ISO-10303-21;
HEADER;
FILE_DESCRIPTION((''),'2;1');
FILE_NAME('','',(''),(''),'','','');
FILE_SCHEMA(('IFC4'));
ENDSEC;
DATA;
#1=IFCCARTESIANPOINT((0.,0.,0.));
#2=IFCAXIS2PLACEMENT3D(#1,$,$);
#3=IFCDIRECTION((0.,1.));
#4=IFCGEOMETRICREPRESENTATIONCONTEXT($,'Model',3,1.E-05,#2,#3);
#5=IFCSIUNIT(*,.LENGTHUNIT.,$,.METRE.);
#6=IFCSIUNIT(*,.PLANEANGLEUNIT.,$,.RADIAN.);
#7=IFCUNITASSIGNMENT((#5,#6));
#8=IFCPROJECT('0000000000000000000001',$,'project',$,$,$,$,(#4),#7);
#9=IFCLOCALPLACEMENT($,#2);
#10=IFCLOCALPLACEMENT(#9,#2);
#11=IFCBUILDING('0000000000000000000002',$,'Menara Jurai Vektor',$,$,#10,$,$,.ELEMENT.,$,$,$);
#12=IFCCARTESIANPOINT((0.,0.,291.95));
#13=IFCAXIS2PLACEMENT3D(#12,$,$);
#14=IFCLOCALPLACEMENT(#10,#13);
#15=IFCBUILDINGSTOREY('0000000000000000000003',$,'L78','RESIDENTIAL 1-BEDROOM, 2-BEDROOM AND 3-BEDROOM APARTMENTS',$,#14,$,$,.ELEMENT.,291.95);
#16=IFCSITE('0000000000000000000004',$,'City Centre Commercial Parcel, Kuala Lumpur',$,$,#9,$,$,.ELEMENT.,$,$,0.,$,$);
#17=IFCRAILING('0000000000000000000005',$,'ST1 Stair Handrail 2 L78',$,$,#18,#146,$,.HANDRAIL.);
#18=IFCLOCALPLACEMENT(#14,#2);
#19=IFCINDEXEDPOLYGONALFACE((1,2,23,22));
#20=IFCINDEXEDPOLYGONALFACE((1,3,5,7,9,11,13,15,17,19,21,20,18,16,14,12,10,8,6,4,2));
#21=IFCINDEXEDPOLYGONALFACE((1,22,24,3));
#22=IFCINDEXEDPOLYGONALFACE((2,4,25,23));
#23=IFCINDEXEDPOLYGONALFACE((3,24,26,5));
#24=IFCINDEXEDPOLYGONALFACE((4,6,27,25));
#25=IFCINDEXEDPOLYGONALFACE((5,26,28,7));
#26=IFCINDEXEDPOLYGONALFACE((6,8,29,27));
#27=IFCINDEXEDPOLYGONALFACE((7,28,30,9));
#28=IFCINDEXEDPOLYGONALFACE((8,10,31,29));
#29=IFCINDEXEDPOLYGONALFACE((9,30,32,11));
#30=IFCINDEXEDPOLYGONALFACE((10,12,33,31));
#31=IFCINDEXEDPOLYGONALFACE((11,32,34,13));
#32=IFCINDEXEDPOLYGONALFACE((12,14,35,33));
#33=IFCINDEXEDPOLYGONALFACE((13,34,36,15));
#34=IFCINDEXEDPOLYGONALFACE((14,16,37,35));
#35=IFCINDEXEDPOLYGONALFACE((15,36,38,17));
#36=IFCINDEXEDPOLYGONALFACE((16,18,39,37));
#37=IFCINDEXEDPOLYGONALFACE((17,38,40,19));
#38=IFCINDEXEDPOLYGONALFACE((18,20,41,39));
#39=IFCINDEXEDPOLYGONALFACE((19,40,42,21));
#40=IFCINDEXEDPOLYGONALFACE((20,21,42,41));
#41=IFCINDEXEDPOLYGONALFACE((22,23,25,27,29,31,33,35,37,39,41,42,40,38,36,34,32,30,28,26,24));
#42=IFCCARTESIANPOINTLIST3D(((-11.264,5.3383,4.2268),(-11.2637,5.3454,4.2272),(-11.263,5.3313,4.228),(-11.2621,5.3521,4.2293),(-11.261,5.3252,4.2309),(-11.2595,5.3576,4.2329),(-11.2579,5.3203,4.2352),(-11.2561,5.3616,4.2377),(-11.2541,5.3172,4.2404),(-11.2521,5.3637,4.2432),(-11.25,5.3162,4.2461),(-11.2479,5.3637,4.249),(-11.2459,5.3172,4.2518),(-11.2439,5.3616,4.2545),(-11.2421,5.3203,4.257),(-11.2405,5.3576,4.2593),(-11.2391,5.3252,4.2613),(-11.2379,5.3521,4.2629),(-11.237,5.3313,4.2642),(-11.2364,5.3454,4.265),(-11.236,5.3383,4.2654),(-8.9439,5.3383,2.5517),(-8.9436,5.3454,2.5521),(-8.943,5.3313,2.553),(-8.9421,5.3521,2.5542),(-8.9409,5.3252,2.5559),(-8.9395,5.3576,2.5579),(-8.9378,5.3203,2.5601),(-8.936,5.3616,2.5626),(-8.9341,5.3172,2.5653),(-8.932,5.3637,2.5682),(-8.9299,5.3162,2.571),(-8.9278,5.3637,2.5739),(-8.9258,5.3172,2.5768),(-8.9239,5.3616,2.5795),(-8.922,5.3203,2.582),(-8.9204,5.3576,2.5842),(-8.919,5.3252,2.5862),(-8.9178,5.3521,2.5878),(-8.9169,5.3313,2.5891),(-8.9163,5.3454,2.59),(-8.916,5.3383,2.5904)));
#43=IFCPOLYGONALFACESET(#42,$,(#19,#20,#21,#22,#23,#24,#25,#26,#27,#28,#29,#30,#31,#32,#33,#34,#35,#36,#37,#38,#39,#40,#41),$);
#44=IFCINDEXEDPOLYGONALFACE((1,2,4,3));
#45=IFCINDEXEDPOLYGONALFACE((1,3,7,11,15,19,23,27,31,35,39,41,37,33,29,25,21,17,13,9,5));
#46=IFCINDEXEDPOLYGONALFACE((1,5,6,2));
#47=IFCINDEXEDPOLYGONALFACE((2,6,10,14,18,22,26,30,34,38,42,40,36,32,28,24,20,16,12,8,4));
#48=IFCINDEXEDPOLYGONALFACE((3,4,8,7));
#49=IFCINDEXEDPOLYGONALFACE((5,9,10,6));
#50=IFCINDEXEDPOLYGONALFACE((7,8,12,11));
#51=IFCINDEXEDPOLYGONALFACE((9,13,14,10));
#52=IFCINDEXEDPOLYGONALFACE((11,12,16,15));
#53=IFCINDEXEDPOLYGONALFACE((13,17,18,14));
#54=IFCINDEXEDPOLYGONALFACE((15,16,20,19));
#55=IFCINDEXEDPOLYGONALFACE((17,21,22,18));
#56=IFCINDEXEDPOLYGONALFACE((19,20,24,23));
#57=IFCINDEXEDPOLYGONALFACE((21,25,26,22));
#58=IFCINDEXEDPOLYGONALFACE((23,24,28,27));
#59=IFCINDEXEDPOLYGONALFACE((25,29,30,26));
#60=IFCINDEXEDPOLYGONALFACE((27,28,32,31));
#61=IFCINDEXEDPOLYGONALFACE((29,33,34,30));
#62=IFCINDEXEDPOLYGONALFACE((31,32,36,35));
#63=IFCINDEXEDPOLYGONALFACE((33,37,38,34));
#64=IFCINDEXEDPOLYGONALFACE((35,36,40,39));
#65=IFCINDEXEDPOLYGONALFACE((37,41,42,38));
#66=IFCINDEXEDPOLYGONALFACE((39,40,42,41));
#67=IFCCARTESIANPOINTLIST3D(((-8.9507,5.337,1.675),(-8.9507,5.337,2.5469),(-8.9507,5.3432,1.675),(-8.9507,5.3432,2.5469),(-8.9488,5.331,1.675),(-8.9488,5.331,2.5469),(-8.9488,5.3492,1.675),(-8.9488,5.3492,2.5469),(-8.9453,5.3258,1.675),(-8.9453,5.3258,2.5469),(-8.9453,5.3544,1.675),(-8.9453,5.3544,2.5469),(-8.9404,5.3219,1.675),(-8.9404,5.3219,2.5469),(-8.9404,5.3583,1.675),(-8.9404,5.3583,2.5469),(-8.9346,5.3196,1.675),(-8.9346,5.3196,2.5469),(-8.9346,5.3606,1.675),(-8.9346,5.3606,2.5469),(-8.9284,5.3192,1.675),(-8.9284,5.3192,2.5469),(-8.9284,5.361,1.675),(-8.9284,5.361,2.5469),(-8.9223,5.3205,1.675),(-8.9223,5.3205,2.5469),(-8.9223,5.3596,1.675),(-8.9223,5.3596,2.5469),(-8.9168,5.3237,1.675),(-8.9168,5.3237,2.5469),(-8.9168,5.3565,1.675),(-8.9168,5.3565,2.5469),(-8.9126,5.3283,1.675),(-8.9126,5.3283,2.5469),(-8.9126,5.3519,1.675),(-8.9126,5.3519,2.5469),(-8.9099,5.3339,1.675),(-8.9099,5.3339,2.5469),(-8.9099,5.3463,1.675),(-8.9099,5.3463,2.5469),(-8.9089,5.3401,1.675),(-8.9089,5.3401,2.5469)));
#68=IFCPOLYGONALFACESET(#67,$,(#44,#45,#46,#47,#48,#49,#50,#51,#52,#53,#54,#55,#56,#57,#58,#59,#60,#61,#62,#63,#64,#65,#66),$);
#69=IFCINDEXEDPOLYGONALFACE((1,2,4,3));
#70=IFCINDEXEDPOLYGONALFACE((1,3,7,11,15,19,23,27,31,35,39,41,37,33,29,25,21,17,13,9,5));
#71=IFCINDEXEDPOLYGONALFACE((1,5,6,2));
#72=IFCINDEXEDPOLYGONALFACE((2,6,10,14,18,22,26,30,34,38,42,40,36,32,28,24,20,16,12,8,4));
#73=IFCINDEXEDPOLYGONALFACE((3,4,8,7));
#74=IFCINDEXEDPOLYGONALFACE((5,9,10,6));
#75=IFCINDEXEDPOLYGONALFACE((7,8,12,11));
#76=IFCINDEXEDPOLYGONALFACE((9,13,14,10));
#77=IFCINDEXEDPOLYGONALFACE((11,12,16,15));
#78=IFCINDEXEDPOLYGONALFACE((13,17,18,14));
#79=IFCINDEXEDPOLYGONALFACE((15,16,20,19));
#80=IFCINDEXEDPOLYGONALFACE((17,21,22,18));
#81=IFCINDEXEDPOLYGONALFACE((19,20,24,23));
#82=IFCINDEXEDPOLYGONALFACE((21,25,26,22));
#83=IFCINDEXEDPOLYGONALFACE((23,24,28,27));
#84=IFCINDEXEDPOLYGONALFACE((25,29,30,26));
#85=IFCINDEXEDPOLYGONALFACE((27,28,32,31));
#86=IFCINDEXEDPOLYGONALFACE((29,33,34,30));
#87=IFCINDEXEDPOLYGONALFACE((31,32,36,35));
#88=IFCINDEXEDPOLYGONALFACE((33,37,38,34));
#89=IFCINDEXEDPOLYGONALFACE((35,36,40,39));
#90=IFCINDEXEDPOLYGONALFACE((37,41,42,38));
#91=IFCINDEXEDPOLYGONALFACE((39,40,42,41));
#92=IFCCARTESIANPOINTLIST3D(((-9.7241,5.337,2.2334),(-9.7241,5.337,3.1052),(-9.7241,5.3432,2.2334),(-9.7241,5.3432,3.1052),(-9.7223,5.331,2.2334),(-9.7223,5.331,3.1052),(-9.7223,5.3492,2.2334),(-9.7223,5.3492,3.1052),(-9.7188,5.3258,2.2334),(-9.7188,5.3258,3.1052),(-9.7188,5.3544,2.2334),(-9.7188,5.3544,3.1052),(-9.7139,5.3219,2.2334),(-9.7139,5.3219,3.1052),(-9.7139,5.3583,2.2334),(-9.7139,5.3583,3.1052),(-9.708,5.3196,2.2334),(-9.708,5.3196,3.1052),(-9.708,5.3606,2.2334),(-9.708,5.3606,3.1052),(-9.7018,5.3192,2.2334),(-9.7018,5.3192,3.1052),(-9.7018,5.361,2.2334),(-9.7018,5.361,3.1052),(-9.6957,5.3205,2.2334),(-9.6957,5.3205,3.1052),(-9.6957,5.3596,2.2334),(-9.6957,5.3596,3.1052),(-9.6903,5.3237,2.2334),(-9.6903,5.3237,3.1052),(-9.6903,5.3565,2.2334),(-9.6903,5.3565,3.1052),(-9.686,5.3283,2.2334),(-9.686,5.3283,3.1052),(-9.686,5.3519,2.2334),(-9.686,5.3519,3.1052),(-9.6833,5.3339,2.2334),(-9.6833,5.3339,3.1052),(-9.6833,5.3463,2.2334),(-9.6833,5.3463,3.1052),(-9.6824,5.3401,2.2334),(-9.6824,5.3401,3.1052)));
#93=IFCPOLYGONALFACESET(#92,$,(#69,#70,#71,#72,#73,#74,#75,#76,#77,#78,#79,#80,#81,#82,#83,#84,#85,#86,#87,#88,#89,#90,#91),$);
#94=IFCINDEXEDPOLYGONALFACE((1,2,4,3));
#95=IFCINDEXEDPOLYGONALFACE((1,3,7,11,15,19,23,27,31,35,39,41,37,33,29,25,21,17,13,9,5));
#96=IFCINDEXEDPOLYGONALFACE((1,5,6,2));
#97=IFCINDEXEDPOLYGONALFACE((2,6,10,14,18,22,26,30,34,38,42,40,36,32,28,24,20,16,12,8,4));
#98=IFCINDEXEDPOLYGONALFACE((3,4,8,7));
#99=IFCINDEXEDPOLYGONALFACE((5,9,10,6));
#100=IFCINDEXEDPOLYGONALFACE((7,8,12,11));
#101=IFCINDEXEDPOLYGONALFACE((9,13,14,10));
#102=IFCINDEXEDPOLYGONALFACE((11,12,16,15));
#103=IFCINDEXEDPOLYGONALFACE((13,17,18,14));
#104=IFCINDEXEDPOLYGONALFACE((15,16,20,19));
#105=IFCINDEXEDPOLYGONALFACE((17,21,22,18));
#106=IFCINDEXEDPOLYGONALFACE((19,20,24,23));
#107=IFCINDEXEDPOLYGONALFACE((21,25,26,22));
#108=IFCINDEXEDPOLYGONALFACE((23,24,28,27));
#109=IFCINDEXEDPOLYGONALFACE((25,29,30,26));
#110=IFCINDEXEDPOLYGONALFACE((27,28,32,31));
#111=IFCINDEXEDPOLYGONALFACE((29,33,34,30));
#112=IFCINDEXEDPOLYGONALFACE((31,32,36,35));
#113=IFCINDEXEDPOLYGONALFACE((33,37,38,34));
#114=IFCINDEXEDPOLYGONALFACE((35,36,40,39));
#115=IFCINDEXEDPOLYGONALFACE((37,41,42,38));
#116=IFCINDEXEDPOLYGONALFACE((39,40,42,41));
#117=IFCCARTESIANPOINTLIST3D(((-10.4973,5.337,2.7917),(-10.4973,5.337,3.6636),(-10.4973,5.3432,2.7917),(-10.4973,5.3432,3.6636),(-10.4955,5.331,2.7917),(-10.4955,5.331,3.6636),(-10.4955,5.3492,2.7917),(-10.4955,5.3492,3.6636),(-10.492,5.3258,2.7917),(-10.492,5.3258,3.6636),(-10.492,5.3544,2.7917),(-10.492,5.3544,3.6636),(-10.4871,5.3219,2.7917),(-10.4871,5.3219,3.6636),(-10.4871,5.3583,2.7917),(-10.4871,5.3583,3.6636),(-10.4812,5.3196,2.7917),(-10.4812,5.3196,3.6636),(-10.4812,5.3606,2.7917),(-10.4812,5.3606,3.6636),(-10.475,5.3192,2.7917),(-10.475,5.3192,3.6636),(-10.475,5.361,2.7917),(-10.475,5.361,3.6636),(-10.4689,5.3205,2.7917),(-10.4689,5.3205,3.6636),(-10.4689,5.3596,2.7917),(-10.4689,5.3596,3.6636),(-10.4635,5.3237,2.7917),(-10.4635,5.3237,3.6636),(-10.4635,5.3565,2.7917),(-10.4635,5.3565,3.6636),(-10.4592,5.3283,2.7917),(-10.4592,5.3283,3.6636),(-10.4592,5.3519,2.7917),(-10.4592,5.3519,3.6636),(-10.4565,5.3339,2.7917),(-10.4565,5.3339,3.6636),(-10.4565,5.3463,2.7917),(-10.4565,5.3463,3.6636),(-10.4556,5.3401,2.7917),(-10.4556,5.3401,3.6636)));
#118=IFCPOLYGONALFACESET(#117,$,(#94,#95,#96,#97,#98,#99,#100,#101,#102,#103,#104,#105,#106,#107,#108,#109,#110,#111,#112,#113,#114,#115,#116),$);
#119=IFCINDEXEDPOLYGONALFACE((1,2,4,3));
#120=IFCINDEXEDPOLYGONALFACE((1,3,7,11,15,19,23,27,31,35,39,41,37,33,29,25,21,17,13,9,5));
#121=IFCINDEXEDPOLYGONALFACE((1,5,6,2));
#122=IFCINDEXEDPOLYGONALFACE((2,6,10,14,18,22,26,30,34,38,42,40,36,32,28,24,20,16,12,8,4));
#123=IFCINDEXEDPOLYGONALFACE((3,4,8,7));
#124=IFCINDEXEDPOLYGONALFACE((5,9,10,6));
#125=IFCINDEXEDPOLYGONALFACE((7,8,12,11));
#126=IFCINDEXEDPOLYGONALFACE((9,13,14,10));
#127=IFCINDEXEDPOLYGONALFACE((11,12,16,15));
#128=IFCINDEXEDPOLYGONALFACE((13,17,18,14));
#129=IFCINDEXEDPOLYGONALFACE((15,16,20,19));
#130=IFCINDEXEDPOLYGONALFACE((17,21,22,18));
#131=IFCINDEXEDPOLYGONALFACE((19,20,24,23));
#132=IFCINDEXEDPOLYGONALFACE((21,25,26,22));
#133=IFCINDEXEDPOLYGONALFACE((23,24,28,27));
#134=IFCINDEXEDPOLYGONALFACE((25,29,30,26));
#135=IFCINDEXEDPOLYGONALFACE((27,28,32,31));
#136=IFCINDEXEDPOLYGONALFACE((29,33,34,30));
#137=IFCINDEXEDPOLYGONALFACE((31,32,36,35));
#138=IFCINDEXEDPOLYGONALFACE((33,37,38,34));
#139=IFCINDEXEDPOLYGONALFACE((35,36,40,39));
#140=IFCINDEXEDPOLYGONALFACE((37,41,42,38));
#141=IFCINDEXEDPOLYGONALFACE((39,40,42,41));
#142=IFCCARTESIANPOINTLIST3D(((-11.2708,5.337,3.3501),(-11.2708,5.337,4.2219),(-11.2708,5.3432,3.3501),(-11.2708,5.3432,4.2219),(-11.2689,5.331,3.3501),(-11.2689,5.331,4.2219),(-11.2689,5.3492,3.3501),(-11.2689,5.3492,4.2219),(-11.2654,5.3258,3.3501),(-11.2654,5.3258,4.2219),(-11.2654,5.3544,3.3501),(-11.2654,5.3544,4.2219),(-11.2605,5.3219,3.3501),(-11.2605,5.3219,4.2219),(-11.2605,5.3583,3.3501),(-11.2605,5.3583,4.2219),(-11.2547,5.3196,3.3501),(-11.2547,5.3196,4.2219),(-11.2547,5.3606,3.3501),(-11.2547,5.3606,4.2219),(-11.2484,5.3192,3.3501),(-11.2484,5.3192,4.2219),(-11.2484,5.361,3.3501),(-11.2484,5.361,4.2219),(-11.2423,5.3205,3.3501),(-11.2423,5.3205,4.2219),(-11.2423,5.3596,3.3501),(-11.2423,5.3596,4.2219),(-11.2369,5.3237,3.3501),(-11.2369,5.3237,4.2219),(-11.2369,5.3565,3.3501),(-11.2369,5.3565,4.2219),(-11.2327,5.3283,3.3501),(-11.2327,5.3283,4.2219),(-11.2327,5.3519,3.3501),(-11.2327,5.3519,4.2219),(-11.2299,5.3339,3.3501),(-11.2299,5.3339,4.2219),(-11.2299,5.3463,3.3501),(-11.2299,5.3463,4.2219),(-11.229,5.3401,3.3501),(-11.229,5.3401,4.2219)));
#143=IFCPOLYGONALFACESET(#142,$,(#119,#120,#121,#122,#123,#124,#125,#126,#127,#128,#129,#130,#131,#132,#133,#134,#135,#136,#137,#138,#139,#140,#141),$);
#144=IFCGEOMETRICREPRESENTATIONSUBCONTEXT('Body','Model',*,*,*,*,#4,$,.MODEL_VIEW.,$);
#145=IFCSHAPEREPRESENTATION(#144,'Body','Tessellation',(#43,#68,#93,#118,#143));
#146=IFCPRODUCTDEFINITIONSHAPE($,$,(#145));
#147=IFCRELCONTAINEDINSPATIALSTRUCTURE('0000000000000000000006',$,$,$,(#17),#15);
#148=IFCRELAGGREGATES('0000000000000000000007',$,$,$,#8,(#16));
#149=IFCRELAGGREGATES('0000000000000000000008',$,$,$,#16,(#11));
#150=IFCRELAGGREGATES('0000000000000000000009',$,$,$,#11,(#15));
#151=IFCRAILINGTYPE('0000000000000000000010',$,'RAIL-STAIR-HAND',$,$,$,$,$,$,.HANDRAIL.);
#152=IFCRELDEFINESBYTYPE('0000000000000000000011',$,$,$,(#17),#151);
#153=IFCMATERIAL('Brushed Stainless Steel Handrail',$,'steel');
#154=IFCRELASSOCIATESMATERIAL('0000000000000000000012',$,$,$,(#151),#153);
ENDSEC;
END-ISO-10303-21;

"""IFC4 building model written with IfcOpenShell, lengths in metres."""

from ifc_helpers import new_model, si_unit, direction, frame, origin, origin_2d, place, context, subcontext, project, spatial, circle, extrude, material, type_object, element, save


model = new_model("IFC4")

# Units and contexts
model_context = context("Model", 3, precision=1e-05, world=origin(), true_north=direction((0.0, 1.0)))
body_context = subcontext(model_context, "Body", "Model", "MODEL_VIEW")
ifc_project = project(units=[si_unit("LENGTHUNIT", "METRE"), si_unit("PLANEANGLEUNIT", "RADIAN")], contexts=[model_context])

# Site, building, storey
site_placement = place(None, origin())
site = spatial("IfcSite", under=ifc_project, at=site_placement, Name="City Centre Commercial Parcel, Kuala Lumpur", CompositionType="ELEMENT", RefElevation=0.0)
building_placement = place(site_placement, origin())
building = spatial("IfcBuilding", under=site, at=building_placement, Name="Menara Jurai Vektor", CompositionType="ELEMENT")
storey_placement = place(building_placement, frame((0.0, 0.0, 291.95)))
storey = spatial("IfcBuildingStorey", under=building, at=storey_placement, Name="L78", Description="RESIDENTIAL 1-BEDROOM, 2-BEDROOM AND 3-BEDROOM APARTMENTS", CompositionType="ELEMENT", Elevation=291.95)

# Railing
ifc_material_1 = material(Name="Brushed Stainless Steel Handrail", Category="steel")
railing_type_1 = type_object("IfcRailingType", Name="RAIL-STAIR-HAND", PredefinedType="HANDRAIL", material=ifc_material_1)
railing_1_placement = place(storey_placement, frame((-8.9299, 5.3401, 1.675)))
element("IfcRailing", 1, at=railing_1_placement, inside=storey, type_object=railing_type_1, Name="ST1 Stair Handrail 2 L78", PredefinedType="HANDRAIL", context=body_context, shape_type="SweptSolid", body=[
    extrude(circle(Radius=0.0239, at=origin_2d()), frame((0.0, 0.0, 0.896), z_axis=(-0.810771, 0.0, 0.585363), x_axis=(0.0, -1.0, 0.0)), (0.0, 0.0, 1.0), 2.8616),
    extrude(circle(Radius=0.021, at=origin_2d()), origin(), (0.0, 0.0, 1.0), 0.8718),
    extrude(circle(Radius=0.021, at=origin_2d()), frame((-0.7734, 0.0, 0.5583)), (0.0, 0.0, 1.0), 0.8718),
    extrude(circle(Radius=0.021, at=origin_2d()), frame((-1.5466, 0.0, 1.1167)), (0.0, 0.0, 1.0), 0.8718),
    extrude(circle(Radius=0.021, at=origin_2d()), frame((-2.3201, 0.0, 1.675)), (0.0, 0.0, 1.0), 0.8718),
])

save(model, "model.ifc")
